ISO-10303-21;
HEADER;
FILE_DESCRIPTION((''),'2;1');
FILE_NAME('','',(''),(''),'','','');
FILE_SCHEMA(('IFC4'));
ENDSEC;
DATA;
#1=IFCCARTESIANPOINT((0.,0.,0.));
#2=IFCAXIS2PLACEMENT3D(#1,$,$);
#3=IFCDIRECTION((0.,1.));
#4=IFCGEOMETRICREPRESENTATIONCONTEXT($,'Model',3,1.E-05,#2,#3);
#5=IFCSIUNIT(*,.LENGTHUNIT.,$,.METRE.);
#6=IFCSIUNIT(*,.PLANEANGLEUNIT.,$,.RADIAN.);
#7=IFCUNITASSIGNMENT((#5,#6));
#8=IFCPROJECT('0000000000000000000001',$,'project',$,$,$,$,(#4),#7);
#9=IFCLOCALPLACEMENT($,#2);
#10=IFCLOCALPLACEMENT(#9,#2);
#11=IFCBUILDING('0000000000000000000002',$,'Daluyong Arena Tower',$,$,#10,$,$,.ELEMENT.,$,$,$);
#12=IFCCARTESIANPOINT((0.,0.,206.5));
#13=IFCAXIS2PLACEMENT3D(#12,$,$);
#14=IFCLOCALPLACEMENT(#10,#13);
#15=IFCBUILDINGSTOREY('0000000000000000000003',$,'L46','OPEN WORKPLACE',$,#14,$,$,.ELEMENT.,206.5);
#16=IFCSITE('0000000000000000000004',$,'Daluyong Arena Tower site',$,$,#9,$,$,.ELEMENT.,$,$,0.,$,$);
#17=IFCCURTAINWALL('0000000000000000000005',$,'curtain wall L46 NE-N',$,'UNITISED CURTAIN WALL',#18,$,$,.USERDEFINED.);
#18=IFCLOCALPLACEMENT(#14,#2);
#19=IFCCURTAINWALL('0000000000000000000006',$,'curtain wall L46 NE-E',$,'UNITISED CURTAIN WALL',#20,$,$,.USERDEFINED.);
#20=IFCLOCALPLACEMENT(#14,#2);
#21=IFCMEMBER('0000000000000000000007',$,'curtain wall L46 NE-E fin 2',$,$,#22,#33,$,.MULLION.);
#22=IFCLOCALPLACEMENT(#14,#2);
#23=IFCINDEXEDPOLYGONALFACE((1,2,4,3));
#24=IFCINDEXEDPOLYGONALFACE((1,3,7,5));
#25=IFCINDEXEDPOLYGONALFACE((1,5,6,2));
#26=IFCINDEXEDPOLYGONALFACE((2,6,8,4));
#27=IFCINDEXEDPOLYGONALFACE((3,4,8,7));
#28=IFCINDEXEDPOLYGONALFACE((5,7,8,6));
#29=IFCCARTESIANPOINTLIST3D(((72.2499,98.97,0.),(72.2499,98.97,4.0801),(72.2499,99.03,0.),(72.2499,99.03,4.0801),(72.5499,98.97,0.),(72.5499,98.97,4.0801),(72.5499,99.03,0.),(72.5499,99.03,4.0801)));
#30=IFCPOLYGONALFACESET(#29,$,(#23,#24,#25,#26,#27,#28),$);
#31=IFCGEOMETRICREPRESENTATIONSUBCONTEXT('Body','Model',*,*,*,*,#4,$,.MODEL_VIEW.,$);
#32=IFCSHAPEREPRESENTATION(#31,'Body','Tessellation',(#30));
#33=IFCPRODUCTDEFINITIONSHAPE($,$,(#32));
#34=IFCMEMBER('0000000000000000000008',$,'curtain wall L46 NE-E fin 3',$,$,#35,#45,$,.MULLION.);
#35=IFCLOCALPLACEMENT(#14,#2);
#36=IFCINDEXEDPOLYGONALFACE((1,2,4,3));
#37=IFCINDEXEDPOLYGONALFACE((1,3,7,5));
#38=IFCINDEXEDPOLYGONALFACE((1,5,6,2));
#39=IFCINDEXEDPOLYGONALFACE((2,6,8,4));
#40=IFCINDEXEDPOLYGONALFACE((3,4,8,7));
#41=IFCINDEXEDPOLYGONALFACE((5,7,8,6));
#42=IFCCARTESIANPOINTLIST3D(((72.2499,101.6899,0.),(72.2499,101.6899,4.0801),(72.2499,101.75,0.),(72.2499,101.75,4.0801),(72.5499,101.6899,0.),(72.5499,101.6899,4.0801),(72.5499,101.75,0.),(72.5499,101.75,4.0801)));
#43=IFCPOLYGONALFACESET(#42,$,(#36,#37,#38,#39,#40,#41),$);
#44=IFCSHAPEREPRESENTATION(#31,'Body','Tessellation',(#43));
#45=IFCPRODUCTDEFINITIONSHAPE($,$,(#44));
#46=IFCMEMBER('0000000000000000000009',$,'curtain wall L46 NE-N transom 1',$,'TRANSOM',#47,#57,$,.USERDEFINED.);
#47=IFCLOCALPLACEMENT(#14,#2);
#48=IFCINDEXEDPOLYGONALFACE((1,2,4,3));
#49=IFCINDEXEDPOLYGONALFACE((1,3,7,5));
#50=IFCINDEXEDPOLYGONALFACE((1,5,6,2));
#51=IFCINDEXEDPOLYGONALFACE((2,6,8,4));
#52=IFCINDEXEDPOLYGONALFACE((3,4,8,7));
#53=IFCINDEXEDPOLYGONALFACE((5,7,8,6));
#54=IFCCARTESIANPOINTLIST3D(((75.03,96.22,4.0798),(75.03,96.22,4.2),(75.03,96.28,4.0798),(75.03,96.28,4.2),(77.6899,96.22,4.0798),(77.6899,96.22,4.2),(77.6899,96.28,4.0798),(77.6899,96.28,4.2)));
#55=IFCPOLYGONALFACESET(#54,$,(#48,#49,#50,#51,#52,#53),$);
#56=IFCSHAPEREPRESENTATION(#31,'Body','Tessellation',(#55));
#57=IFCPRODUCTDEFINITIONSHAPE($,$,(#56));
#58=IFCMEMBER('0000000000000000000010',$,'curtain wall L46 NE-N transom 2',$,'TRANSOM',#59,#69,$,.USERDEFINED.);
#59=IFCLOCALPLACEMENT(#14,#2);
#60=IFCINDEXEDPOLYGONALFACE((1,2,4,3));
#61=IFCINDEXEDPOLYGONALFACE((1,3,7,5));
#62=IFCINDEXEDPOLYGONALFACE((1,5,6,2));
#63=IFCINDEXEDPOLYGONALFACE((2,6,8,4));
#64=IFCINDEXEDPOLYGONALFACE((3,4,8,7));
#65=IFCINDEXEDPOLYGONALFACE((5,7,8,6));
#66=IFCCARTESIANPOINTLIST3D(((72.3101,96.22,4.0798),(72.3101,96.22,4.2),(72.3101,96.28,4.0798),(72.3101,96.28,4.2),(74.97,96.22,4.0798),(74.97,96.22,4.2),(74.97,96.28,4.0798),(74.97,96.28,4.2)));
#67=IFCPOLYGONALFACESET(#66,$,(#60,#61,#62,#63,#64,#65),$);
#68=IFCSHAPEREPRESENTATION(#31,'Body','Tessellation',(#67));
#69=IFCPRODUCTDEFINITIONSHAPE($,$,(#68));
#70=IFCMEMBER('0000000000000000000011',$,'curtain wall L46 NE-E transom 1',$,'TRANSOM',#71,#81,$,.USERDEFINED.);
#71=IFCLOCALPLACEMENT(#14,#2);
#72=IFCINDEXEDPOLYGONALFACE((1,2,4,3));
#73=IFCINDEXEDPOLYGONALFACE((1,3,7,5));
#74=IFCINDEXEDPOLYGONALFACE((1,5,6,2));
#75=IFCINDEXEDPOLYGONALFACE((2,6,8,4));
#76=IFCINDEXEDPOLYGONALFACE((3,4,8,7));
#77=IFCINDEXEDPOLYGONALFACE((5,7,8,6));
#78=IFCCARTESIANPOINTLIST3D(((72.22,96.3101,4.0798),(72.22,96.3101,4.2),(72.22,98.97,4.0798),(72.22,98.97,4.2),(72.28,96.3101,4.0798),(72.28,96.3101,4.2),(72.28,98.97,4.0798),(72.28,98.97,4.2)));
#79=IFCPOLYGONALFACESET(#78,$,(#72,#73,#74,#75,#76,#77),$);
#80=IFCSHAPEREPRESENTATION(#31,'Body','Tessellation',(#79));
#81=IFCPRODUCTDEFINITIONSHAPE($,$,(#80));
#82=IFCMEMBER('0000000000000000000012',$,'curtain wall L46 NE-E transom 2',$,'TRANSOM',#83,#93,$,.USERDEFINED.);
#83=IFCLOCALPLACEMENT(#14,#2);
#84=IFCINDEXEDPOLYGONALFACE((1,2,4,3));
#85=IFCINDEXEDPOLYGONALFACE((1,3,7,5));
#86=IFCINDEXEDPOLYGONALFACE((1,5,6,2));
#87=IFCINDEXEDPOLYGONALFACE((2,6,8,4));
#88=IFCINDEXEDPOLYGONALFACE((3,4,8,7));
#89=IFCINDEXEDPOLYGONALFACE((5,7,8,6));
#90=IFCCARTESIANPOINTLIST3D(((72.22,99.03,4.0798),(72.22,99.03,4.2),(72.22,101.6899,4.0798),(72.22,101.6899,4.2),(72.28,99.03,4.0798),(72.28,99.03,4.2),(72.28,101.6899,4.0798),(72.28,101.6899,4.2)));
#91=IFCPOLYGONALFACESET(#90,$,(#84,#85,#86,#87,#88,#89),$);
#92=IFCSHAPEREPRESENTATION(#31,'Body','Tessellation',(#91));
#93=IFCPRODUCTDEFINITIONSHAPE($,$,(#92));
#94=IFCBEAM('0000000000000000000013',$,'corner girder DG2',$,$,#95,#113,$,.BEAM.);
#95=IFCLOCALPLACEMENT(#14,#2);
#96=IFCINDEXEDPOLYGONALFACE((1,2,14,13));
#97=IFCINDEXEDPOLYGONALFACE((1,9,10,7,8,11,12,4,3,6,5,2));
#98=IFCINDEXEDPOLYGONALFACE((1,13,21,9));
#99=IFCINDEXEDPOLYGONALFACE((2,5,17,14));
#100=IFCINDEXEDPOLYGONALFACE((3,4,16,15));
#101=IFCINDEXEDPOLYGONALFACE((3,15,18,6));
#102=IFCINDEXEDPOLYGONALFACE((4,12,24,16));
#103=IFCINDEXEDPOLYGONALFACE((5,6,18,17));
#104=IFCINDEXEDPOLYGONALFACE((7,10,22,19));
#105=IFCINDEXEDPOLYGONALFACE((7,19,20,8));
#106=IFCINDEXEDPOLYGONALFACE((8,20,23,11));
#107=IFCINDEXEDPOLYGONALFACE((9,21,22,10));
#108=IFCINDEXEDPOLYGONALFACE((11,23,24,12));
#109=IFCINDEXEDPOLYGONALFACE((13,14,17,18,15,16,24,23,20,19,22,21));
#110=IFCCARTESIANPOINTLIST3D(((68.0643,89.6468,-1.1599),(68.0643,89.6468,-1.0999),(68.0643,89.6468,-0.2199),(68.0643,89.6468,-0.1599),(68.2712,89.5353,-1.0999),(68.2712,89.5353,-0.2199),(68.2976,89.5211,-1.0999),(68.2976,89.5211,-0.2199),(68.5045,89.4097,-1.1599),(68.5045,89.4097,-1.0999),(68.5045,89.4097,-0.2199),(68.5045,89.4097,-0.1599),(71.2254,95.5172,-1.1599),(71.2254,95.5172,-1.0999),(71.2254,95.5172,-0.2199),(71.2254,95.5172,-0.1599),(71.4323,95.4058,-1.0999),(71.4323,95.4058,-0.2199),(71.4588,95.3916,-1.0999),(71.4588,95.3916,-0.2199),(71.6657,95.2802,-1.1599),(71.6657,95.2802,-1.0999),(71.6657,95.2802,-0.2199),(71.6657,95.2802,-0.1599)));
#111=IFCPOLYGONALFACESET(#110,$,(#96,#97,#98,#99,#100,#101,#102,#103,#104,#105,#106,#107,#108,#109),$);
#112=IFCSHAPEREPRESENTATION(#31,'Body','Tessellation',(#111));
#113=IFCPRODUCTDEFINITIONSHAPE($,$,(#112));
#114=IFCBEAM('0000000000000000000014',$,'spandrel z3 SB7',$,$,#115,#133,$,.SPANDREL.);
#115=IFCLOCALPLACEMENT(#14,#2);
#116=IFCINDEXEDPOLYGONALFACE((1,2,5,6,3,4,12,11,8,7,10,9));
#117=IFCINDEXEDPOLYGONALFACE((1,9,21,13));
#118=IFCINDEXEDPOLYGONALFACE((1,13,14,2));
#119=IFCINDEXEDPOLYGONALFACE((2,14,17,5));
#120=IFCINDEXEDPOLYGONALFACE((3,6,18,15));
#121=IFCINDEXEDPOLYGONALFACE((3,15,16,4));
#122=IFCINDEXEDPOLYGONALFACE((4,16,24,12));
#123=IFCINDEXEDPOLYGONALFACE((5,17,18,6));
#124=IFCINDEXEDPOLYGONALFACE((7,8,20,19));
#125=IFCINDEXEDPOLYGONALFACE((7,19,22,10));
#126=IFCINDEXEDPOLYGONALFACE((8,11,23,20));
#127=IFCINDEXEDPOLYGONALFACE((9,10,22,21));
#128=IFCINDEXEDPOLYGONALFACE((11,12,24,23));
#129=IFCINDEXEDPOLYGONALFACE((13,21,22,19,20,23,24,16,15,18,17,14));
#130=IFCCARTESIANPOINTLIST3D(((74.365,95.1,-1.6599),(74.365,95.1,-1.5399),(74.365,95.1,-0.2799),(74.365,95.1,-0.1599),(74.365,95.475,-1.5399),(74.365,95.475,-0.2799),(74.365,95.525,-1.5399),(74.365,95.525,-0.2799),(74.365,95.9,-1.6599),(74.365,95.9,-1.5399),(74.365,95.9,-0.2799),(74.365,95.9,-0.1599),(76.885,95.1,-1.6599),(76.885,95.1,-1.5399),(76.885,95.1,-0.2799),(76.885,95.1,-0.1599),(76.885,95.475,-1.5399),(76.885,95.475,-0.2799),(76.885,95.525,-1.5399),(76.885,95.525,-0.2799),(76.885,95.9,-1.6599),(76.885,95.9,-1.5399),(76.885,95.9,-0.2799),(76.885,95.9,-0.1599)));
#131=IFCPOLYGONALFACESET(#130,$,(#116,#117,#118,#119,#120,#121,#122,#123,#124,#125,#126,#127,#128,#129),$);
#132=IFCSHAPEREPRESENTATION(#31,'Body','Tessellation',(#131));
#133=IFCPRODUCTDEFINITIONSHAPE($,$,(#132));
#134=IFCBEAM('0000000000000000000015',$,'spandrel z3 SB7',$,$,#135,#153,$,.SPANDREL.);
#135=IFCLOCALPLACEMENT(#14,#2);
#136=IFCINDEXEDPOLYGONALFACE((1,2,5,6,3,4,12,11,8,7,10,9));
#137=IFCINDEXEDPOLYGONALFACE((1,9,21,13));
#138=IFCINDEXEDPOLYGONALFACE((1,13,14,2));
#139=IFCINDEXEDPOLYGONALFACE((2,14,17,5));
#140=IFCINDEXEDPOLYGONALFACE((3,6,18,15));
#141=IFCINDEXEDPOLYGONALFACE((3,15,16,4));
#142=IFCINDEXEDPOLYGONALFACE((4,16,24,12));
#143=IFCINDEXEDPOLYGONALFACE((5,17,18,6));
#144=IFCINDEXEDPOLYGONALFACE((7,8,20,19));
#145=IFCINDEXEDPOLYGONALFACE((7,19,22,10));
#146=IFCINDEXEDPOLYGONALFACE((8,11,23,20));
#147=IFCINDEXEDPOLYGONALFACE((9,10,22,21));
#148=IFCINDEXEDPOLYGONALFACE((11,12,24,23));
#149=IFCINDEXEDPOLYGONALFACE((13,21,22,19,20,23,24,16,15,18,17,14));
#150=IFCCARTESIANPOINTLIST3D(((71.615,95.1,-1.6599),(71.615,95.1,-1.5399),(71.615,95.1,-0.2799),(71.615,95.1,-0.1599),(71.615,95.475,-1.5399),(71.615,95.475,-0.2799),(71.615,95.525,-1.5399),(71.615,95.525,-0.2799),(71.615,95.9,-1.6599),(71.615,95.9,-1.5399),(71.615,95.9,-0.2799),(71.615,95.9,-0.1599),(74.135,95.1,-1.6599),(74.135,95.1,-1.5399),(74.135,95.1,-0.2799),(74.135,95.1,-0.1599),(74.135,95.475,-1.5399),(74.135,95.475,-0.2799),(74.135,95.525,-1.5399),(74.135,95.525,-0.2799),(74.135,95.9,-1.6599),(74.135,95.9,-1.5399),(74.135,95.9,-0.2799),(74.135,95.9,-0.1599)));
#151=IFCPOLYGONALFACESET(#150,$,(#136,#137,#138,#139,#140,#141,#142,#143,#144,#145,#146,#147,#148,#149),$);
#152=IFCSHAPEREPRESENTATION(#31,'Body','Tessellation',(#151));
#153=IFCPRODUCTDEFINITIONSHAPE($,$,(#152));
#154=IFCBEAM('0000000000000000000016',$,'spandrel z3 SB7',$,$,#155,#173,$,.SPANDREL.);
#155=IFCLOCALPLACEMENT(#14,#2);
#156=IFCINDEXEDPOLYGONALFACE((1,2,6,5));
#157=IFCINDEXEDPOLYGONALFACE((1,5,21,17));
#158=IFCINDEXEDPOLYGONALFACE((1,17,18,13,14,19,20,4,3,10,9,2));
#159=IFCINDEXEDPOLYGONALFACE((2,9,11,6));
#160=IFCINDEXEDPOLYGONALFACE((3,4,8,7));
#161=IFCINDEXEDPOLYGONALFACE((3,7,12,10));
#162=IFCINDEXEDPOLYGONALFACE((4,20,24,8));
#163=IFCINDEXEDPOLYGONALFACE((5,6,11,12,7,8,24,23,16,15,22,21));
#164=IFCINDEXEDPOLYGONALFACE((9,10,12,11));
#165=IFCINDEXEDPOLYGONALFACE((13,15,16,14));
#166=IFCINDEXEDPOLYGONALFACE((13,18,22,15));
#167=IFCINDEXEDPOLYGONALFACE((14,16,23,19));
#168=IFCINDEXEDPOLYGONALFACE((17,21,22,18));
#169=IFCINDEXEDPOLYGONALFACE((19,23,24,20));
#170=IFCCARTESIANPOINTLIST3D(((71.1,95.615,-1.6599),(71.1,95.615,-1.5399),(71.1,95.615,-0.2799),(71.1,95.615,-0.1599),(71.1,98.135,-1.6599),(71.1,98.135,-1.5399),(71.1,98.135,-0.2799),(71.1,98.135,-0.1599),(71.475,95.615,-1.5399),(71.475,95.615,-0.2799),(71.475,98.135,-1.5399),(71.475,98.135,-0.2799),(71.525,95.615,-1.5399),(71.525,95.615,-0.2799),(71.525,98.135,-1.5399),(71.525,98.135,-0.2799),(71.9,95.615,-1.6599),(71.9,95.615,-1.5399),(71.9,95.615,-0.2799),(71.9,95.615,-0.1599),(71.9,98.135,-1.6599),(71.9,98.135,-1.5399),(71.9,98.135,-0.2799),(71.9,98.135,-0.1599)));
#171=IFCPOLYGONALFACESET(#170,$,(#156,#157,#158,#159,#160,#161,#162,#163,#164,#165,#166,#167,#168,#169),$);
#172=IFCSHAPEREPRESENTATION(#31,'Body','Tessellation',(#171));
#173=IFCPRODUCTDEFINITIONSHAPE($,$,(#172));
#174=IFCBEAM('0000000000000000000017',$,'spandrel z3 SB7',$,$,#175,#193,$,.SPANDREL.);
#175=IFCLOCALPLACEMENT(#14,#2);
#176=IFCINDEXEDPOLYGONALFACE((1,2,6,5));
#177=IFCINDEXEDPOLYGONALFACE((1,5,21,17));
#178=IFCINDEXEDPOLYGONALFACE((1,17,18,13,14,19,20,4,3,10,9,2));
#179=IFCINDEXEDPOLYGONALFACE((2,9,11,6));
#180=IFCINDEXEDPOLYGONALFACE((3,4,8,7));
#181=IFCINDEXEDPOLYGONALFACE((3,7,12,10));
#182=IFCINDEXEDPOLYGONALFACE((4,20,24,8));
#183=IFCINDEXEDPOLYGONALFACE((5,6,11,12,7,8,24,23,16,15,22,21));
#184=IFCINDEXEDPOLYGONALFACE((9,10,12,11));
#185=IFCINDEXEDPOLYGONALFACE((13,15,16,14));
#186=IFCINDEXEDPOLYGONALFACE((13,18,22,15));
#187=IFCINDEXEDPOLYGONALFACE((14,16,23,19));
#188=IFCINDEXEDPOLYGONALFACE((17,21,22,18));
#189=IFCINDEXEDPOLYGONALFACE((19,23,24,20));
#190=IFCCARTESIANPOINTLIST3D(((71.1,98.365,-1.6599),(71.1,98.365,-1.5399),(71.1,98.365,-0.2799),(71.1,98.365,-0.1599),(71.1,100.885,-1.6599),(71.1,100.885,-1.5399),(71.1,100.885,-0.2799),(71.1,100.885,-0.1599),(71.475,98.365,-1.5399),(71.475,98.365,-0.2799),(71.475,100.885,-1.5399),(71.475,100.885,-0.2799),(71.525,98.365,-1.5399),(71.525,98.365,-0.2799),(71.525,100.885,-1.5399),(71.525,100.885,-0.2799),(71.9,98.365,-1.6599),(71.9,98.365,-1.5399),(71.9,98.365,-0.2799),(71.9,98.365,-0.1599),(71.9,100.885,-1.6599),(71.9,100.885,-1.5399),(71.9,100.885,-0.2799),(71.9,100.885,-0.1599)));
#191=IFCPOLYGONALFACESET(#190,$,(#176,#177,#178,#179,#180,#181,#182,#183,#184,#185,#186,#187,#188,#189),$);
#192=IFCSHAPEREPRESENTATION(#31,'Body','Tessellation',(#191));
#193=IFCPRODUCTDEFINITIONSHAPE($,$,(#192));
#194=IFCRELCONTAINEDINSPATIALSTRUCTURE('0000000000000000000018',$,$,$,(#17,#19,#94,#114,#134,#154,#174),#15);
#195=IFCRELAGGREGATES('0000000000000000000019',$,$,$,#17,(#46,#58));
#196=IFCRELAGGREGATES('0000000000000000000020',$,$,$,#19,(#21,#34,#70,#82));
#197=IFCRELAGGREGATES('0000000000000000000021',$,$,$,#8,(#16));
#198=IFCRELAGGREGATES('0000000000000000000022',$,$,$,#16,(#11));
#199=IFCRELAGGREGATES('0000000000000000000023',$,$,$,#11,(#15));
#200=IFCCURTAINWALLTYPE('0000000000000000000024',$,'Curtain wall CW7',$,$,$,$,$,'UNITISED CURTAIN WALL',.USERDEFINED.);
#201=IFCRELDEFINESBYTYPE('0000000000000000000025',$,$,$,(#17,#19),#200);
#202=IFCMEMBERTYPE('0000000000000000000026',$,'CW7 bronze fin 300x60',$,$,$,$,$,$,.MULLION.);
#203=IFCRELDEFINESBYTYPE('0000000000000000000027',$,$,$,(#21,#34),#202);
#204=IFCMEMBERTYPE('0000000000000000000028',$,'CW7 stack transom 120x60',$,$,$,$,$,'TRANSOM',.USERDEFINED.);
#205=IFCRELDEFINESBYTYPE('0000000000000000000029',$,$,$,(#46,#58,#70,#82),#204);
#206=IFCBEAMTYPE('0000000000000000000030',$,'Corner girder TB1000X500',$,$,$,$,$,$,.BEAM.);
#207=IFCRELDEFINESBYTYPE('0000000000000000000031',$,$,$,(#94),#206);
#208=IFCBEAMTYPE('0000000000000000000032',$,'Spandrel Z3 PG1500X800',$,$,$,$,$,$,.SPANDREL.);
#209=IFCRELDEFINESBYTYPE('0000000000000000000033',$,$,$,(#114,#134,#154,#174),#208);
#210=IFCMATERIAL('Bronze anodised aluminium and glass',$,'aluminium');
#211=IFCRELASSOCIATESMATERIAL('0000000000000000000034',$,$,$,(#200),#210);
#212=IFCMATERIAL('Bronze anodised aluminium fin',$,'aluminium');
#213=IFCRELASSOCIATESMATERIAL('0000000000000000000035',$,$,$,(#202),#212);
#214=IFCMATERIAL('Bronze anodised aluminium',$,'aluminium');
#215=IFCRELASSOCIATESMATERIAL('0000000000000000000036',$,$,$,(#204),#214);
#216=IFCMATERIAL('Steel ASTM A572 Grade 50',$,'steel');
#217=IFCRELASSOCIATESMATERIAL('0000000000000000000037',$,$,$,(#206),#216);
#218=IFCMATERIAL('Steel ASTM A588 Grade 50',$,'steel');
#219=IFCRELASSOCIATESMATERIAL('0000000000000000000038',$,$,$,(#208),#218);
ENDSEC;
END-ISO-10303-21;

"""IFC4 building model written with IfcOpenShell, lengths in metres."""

from ifc_helpers import new_model, si_unit, direction, frame, origin, origin_2d, place, context, subcontext, project, spatial, rectangle, i_section, extrude, material, material_profile, profile_set, type_object, element, aggregate, save


model = new_model("IFC4")

# Units and contexts
model_context = context("Model", 3, precision=1e-05, world=origin(), true_north=direction((0.0, 1.0)))
body_context = subcontext(model_context, "Body", "Model", "MODEL_VIEW")
ifc_project = project(units=[si_unit("LENGTHUNIT", "METRE"), si_unit("PLANEANGLEUNIT", "RADIAN")], contexts=[model_context])

# Site, building, storey
site_placement = place(None, origin())
site = spatial("IfcSite", under=ifc_project, at=site_placement, Name="Daluyong Arena Tower site", CompositionType="ELEMENT", RefElevation=0.0)
building_placement = place(site_placement, origin())
building = spatial("IfcBuilding", under=site, at=building_placement, Name="Daluyong Arena Tower", CompositionType="ELEMENT")
storey_placement = place(building_placement, frame((0.0, 0.0, 206.5)))
storey = spatial("IfcBuildingStorey", under=building, at=storey_placement, Name="L46", Description="OPEN WORKPLACE", CompositionType="ELEMENT", Elevation=206.5)

# Curtain walls, members
ifc_material_1 = material(Name="Bronze anodised aluminium and glass", Category="aluminium")
curtain_wall_type_1 = type_object("IfcCurtainWallType", Name="Curtain wall CW7", ElementType="UNITISED CURTAIN WALL", PredefinedType="USERDEFINED", material=ifc_material_1)
curtain_wall_1_placement = place(storey_placement, origin())
curtain_wall_1 = element("IfcCurtainWall", 1, at=curtain_wall_1_placement, inside=storey, type_object=curtain_wall_type_1, Name="curtain wall L46 NE-N", ObjectType="UNITISED CURTAIN WALL", PredefinedType="USERDEFINED")
ifc_material_2 = material(Name="Bronze anodised aluminium fin", Category="aluminium")
ifc_material_profile_1 = material_profile(ifc_material_2, rectangle(XDim=0.3, YDim=0.0601, at=origin_2d()))
ifc_profile_set_1 = profile_set([ifc_material_profile_1], Name="Bronze anodised aluminium fin")
member_type_1 = type_object("IfcMemberType", Name="CW7 bronze fin 300x60", PredefinedType="MULLION", material=ifc_profile_set_1)
curtain_wall_2_placement = place(storey_placement, origin())
curtain_wall_2 = element("IfcCurtainWall", 2, at=curtain_wall_2_placement, inside=storey, type_object=curtain_wall_type_1, Name="curtain wall L46 NE-E", ObjectType="UNITISED CURTAIN WALL", PredefinedType="USERDEFINED")
member_1_placement = place(storey_placement, frame((72.3999, 99.0, 0.0), z_axis=(0.0, 0.0, 1.0), x_axis=(-1.0, 0.0, 0.0)))
member_1 = element("IfcMember", 3, at=member_1_placement, type_object=member_type_1, Name="curtain wall L46 NE-E fin 2", PredefinedType="MULLION", context=body_context, shape_type="SweptSolid", body=[
    extrude(rectangle(XDim=0.3, YDim=0.0601, at=origin_2d()), origin(), (0.0, 0.0, 1.0), 4.0801),
])
member_2_placement = place(storey_placement, frame((72.3999, 101.72, 0.0), z_axis=(0.0, 0.0, 1.0), x_axis=(-1.0, 0.0, 0.0)))
member_2 = element("IfcMember", 4, at=member_2_placement, type_object=member_type_1, Name="curtain wall L46 NE-E fin 3", PredefinedType="MULLION", context=body_context, shape_type="SweptSolid", body=[
    extrude(rectangle(XDim=0.3, YDim=0.0601, at=origin_2d()), origin(), (0.0, 0.0, 1.0), 4.0801),
])

# Members
ifc_material_3 = material(Name="Bronze anodised aluminium", Category="aluminium")
ifc_material_profile_2 = material_profile(ifc_material_3, rectangle(XDim=0.0601, YDim=0.1201, at=origin_2d()))
ifc_profile_set_2 = profile_set([ifc_material_profile_2], Name="Bronze anodised aluminium")
member_type_2 = type_object("IfcMemberType", Name="CW7 stack transom 120x60", ElementType="TRANSOM", PredefinedType="USERDEFINED", material=ifc_profile_set_2)
member_3_placement = place(storey_placement, frame((77.6899, 96.25, 4.1399), z_axis=(-1.0, 0.0, 0.0), x_axis=(0.0, -1.0, 0.0)))
member_3 = element("IfcMember", 5, at=member_3_placement, type_object=member_type_2, Name="curtain wall L46 NE-N transom 1", ObjectType="TRANSOM", PredefinedType="USERDEFINED", context=body_context, shape_type="SweptSolid", body=[
    extrude(rectangle(XDim=0.0601, YDim=0.1201, at=origin_2d()), origin(), (0.0, 0.0, 1.0), 2.6599),
])
member_4_placement = place(storey_placement, frame((74.97, 96.25, 4.1399), z_axis=(-1.0, 0.0, 0.0), x_axis=(0.0, -1.0, 0.0)))
member_4 = element("IfcMember", 6, at=member_4_placement, type_object=member_type_2, Name="curtain wall L46 NE-N transom 2", ObjectType="TRANSOM", PredefinedType="USERDEFINED", context=body_context, shape_type="SweptSolid", body=[
    extrude(rectangle(XDim=0.0601, YDim=0.1201, at=origin_2d()), origin(), (0.0, 0.0, 1.0), 2.6599),
])
member_5_placement = place(storey_placement, frame((72.25, 96.3101, 4.1399), z_axis=(0.0, 1.0, 0.0), x_axis=(-1.0, 0.0, 0.0)))
member_5 = element("IfcMember", 7, at=member_5_placement, type_object=member_type_2, Name="curtain wall L46 NE-E transom 1", ObjectType="TRANSOM", PredefinedType="USERDEFINED", context=body_context, shape_type="SweptSolid", body=[
    extrude(rectangle(XDim=0.0601, YDim=0.1201, at=origin_2d()), origin(), (0.0, 0.0, 1.0), 2.6599),
])
member_6_placement = place(storey_placement, frame((72.25, 99.03, 4.1399), z_axis=(0.0, 1.0, 0.0), x_axis=(-1.0, 0.0, 0.0)))
member_6 = element("IfcMember", 8, at=member_6_placement, type_object=member_type_2, Name="curtain wall L46 NE-E transom 2", ObjectType="TRANSOM", PredefinedType="USERDEFINED", context=body_context, shape_type="SweptSolid", body=[
    extrude(rectangle(XDim=0.0601, YDim=0.1201, at=origin_2d()), origin(), (0.0, 0.0, 1.0), 2.6599),
])

# Beams
ifc_material_4 = material(Name="Steel ASTM A572 Grade 50", Category="steel")
ifc_material_profile_3 = material_profile(ifc_material_4, i_section(OverallWidth=0.5, OverallDepth=1.0, WebThickness=0.03, FlangeThickness=0.06, at=origin_2d()))
ifc_profile_set_3 = profile_set([ifc_material_profile_3], Name="Steel ASTM A572 Grade 50")
beam_type_1 = type_object("IfcBeamType", Name="Corner girder TB1000X500", PredefinedType="BEAM", material=ifc_profile_set_3)
beam_1_placement = place(storey_placement, frame((71.4456, 95.3987, -0.6599), z_axis=(-0.474119, -0.880461, 0.0), x_axis=(0.880461, -0.474119, 0.0)))
element("IfcBeam", 9, at=beam_1_placement, inside=storey, type_object=beam_type_1, Name="corner girder DG2", PredefinedType="BEAM", context=body_context, shape_type="SweptSolid", body=[
    extrude(i_section(OverallWidth=0.5, OverallDepth=1.0, WebThickness=0.03, FlangeThickness=0.06, at=origin_2d()), origin(), (0.0, 0.0, 1.0), 6.6675),
])
ifc_material_5 = material(Name="Steel ASTM A588 Grade 50", Category="steel")
ifc_material_profile_4 = material_profile(ifc_material_5, i_section(OverallWidth=0.8, OverallDepth=1.5, WebThickness=0.05, FlangeThickness=0.12, at=origin_2d()))
ifc_profile_set_4 = profile_set([ifc_material_profile_4], Name="Steel ASTM A588 Grade 50")
beam_type_2 = type_object("IfcBeamType", Name="Spandrel Z3 PG1500X800", PredefinedType="SPANDREL", material=ifc_profile_set_4)
for number, where, z_axis, x_axis, name in (
    (10, (76.885, 95.5, -0.9099), (-1.0, 0.0, 0.0), (0.0, -1.0, 0.0), "spandrel z3 SB7"),
    (11, (74.135, 95.5, -0.9099), (-1.0, 0.0, 0.0), (0.0, -1.0, 0.0), "spandrel z3 SB7"),
    (12, (71.5, 95.615, -0.9099), (0.0, 1.0, 0.0), (-1.0, 0.0, 0.0), "spandrel z3 SB7"),
    (13, (71.5, 98.365, -0.9099), (0.0, 1.0, 0.0), (-1.0, 0.0, 0.0), "spandrel z3 SB7"),
):
    element("IfcBeam", number, at=place(storey_placement, frame(where, z_axis=z_axis, x_axis=x_axis)), inside=storey, type_object=beam_type_2, Name=name, PredefinedType="SPANDREL", context=body_context, shape_type="SweptSolid", body=[
        extrude(i_section(OverallWidth=0.8, OverallDepth=1.5, WebThickness=0.05, FlangeThickness=0.12, at=origin_2d()), origin(), (0.0, 0.0, 1.0), 2.52),
    ])

aggregate(curtain_wall_1, [member_3, member_4])
aggregate(curtain_wall_2, [member_1, member_2, member_5, member_6])

save(model, "model.ifc")
